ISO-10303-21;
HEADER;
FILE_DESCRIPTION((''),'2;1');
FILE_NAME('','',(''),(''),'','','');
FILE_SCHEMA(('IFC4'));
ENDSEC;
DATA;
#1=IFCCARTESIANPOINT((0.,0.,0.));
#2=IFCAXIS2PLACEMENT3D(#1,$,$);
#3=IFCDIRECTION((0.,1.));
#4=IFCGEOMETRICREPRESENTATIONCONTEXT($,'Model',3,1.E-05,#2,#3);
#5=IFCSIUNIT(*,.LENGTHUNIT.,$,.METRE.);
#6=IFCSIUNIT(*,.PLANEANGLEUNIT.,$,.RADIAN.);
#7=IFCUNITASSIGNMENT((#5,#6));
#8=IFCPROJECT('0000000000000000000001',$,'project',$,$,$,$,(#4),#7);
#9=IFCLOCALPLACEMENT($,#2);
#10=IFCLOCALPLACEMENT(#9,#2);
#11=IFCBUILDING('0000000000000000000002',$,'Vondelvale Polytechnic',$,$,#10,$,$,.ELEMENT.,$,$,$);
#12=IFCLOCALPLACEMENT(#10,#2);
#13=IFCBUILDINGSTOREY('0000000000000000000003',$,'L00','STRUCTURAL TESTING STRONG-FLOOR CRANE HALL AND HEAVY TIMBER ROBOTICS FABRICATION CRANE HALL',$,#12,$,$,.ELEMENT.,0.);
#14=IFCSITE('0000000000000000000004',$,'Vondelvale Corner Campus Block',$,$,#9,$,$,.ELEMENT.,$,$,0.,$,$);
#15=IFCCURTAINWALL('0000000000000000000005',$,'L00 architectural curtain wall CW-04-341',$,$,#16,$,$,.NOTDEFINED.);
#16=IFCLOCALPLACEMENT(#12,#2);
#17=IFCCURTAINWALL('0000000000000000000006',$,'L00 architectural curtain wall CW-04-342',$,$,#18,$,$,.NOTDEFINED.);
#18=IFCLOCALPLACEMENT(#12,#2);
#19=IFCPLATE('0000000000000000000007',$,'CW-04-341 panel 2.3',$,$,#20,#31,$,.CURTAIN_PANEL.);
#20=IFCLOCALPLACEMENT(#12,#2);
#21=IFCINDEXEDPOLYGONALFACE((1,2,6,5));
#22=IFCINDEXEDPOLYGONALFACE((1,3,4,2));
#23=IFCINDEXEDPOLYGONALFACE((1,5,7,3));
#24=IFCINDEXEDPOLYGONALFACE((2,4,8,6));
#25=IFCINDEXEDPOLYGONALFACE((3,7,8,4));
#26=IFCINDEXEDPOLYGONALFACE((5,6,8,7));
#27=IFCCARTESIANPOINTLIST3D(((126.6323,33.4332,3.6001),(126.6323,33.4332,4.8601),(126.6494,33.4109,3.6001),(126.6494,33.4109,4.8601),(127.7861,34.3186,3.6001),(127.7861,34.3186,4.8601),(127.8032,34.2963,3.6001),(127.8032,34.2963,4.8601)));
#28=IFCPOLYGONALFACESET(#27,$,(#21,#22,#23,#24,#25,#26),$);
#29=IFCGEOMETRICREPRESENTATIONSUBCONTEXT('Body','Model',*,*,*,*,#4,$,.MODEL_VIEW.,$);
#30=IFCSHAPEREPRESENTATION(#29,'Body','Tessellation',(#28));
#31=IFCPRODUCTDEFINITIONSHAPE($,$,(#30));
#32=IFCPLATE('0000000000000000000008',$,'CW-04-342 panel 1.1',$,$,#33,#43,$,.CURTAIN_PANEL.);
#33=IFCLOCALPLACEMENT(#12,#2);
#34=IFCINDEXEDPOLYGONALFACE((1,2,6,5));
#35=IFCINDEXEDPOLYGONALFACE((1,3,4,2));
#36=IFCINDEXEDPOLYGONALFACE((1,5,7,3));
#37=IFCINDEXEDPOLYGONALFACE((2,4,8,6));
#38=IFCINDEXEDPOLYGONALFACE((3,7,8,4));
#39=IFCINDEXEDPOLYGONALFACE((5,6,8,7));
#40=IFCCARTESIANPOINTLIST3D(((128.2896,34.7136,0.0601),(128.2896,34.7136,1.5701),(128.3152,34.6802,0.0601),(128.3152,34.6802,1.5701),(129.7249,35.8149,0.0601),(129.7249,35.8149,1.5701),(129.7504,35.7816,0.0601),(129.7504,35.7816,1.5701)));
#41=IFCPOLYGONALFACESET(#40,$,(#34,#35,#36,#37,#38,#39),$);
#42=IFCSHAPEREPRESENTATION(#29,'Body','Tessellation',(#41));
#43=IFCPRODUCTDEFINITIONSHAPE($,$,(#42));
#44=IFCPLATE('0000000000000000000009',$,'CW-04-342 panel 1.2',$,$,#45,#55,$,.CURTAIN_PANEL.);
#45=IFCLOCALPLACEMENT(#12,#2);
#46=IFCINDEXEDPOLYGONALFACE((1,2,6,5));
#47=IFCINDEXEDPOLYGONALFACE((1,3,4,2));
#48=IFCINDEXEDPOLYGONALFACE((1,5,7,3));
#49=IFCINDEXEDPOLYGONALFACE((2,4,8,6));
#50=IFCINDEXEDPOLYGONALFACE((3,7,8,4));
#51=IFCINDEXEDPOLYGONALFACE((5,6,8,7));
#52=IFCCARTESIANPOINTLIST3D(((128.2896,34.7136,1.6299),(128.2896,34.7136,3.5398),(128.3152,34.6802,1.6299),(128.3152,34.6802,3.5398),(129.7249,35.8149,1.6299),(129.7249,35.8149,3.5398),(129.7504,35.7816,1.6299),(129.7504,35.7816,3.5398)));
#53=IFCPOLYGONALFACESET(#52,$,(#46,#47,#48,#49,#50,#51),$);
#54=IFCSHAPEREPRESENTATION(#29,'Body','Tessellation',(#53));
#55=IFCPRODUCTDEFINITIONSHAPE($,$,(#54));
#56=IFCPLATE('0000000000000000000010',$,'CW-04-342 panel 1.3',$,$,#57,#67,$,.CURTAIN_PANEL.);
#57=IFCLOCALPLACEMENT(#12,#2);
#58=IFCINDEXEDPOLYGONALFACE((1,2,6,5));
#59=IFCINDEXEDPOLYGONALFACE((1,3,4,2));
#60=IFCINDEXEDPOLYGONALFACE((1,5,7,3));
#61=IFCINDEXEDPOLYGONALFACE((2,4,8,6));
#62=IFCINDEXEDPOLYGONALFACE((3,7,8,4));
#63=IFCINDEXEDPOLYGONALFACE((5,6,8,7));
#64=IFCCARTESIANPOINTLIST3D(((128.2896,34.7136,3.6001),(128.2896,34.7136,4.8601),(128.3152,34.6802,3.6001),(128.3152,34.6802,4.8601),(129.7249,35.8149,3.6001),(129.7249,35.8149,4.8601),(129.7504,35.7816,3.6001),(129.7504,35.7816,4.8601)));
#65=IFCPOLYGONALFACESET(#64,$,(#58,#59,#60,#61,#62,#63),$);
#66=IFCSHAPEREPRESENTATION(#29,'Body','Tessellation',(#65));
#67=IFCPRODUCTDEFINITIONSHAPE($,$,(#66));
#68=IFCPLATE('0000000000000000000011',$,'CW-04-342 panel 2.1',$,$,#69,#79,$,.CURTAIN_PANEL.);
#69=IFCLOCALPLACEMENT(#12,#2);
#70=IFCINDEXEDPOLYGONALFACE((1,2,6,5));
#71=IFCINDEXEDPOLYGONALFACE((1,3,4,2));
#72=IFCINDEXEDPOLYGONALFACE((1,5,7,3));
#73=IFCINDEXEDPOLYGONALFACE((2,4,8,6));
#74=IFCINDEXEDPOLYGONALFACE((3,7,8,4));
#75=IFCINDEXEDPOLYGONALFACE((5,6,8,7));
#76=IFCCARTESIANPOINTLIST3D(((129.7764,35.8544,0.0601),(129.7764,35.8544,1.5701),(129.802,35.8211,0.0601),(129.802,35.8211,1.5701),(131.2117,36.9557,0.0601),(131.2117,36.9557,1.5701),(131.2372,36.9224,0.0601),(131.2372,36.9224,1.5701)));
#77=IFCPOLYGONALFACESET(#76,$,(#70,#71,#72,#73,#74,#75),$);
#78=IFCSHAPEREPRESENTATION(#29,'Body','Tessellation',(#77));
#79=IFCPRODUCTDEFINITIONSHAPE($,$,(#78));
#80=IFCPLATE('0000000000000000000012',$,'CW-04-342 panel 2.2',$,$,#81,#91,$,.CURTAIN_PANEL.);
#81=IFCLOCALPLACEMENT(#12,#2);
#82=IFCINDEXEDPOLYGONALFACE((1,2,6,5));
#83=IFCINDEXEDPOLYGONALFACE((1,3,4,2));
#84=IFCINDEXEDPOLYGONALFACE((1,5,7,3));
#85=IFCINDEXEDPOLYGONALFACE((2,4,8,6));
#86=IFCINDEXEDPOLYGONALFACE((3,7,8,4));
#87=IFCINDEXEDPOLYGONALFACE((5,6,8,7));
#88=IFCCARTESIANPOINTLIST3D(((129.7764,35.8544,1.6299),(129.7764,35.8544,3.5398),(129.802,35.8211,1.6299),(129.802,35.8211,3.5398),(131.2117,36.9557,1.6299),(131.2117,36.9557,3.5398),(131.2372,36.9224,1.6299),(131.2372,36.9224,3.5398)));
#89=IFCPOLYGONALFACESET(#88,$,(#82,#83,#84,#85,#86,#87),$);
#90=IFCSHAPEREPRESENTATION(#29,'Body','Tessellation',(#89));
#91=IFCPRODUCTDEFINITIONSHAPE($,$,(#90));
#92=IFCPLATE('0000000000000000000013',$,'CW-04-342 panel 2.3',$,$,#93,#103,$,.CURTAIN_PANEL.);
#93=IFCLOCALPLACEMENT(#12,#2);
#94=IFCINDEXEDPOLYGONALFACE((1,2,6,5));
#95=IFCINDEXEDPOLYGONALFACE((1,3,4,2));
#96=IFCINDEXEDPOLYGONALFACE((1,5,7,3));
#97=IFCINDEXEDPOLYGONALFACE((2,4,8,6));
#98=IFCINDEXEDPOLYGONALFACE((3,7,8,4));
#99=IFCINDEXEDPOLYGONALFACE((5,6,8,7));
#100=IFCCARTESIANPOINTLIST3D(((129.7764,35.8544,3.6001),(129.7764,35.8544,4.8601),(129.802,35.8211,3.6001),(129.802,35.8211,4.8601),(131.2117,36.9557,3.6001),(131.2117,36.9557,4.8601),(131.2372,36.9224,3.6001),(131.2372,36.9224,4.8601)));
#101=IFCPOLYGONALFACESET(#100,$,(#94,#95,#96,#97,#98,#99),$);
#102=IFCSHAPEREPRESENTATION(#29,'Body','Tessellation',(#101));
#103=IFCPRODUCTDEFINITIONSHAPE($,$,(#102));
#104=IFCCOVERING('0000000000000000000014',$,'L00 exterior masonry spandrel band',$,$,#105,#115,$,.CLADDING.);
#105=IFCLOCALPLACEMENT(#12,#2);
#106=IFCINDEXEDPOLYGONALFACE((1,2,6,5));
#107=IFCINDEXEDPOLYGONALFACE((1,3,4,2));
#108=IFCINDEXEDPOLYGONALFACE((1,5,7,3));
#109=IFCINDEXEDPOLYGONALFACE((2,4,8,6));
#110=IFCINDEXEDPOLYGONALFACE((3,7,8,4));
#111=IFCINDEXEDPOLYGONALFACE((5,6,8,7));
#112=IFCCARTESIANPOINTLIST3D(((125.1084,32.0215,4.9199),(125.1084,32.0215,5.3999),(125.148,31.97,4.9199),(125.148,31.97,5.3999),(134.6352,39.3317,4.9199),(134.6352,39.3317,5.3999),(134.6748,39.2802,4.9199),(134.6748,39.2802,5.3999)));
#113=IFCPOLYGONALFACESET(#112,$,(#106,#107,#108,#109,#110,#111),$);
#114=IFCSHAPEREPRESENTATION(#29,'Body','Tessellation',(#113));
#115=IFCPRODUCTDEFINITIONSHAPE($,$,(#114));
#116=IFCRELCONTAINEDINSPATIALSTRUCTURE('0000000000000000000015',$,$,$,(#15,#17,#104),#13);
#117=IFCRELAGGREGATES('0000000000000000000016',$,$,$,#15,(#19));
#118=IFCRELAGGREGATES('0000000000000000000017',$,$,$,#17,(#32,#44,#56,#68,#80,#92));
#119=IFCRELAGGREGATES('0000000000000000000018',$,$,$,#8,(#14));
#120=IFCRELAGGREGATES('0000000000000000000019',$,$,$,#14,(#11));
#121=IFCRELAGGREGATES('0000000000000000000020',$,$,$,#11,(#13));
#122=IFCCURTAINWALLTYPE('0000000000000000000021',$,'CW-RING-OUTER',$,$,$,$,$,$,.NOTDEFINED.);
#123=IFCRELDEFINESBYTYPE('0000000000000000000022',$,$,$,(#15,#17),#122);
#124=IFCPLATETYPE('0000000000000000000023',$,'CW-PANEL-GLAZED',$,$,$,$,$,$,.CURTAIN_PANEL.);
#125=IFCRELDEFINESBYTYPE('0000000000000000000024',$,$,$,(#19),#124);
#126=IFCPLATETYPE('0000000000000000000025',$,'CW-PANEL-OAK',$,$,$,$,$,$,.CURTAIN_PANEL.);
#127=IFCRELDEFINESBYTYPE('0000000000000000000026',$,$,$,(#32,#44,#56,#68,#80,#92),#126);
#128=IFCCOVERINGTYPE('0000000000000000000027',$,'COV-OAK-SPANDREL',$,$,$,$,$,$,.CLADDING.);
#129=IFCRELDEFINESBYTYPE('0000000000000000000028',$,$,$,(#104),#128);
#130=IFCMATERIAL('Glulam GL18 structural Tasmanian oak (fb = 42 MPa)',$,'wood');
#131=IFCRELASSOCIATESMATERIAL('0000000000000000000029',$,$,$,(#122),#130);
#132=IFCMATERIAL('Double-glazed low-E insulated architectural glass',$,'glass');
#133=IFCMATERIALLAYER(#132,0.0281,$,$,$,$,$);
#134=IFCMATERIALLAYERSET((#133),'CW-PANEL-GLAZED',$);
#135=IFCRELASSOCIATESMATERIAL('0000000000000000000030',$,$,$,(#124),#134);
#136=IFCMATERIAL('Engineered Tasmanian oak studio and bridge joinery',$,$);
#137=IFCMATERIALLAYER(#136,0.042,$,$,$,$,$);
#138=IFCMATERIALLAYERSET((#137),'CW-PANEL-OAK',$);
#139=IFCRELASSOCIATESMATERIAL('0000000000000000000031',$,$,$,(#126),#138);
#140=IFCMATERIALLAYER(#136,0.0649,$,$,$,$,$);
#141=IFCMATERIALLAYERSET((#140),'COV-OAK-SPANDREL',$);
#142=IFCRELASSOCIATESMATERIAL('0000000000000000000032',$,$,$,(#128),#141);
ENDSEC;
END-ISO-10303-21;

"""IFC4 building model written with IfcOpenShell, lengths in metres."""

from ifc_helpers import new_model, si_unit, direction, frame, origin, origin_2d, place, context, subcontext, project, spatial, rectangle, extrude, material, layer, layer_set, type_object, element, aggregate, save


model = new_model("IFC4")

# Units and contexts
model_context = context("Model", 3, precision=1e-05, world=origin(), true_north=direction((0.0, 1.0)))
body_context = subcontext(model_context, "Body", "Model", "MODEL_VIEW")
ifc_project = project(units=[si_unit("LENGTHUNIT", "METRE"), si_unit("PLANEANGLEUNIT", "RADIAN")], contexts=[model_context])

# Site, building, storey
site_placement = place(None, origin())
site = spatial("IfcSite", under=ifc_project, at=site_placement, Name="Vondelvale Corner Campus Block", CompositionType="ELEMENT", RefElevation=0.0)
building_placement = place(site_placement, origin())
building = spatial("IfcBuilding", under=site, at=building_placement, Name="Vondelvale Polytechnic", CompositionType="ELEMENT")
storey_placement = place(building_placement, origin())
storey = spatial("IfcBuildingStorey", under=building, at=storey_placement, Name="L00", Description="STRUCTURAL TESTING STRONG-FLOOR CRANE HALL AND HEAVY TIMBER ROBOTICS FABRICATION CRANE HALL", CompositionType="ELEMENT", Elevation=0.0)

# Shared definitions
ifc_material_1 = material(Name="Glulam GL18 structural Tasmanian oak (fb = 42 MPa)", Category="wood")

# Curtain wall
curtain_wall_type = type_object("IfcCurtainWallType", Name="CW-RING-OUTER", PredefinedType="NOTDEFINED", material=ifc_material_1)
curtain_wall_1_placement = place(storey_placement, origin())
curtain_wall_1 = element("IfcCurtainWall", 1, at=curtain_wall_1_placement, inside=storey, type_object=curtain_wall_type, Name="L00 architectural curtain wall CW-04-341", PredefinedType="NOTDEFINED")

# Curtain wall
curtain_wall_2_placement = place(storey_placement, origin())
curtain_wall_2 = element("IfcCurtainWall", 2, at=curtain_wall_2_placement, inside=storey, type_object=curtain_wall_type, Name="L00 architectural curtain wall CW-04-342", PredefinedType="NOTDEFINED")

# Plates
ifc_material_2 = material(Name="Double-glazed low-E insulated architectural glass", Category="glass")
ifc_layer_1 = layer(ifc_material_2, 0.0281)
ifc_layer_set_1 = layer_set([ifc_layer_1], Name="CW-PANEL-GLAZED")
plate_type_1 = type_object("IfcPlateType", Name="CW-PANEL-GLAZED", PredefinedType="CURTAIN_PANEL", material=ifc_layer_set_1)
plate_1_placement = place(storey_placement, frame((127.2178, 33.8647, 3.6001), z_axis=(0.0, 0.0, 1.0), x_axis=(0.793352, 0.608764, 0.0)))
plate_1 = element("IfcPlate", 3, at=plate_1_placement, type_object=plate_type_1, Name="CW-04-341 panel 2.3", PredefinedType="CURTAIN_PANEL", context=body_context, shape_type="SweptSolid", body=[
    extrude(rectangle(XDim=1.4543, YDim=0.0281, at=origin_2d()), origin(), (0.0, 0.0, 1.0), 1.26),
])
aggregate(curtain_wall_1, [plate_1])
ifc_material_3 = material(Name="Engineered Tasmanian oak studio and bridge joinery")
ifc_layer_2 = layer(ifc_material_3, 0.042)
ifc_layer_set_2 = layer_set([ifc_layer_2], Name="CW-PANEL-OAK")
plate_type_2 = type_object("IfcPlateType", Name="CW-PANEL-OAK", PredefinedType="CURTAIN_PANEL", material=ifc_layer_set_2)
plate_2_placement = place(storey_placement, frame((129.02, 35.2476, 0.0601), z_axis=(0.0, 0.0, 1.0), x_axis=(0.793346, 0.608771, 0.0)))
plate_2 = element("IfcPlate", 4, at=plate_2_placement, type_object=plate_type_2, Name="CW-04-342 panel 1.1", PredefinedType="CURTAIN_PANEL", context=body_context, shape_type="SweptSolid", body=[
    extrude(rectangle(XDim=1.8091, YDim=0.042, at=origin_2d()), origin(), (0.0, 0.0, 1.0), 1.51),
])
plate_3_placement = place(storey_placement, frame((129.02, 35.2476, 1.6299), z_axis=(0.0, 0.0, 1.0), x_axis=(0.793346, 0.608771, 0.0)))
plate_3 = element("IfcPlate", 5, at=plate_3_placement, type_object=plate_type_2, Name="CW-04-342 panel 1.2", PredefinedType="CURTAIN_PANEL", context=body_context, shape_type="SweptSolid", body=[
    extrude(rectangle(XDim=1.8091, YDim=0.042, at=origin_2d()), origin(), (0.0, 0.0, 1.0), 1.9099),
])
plate_4_placement = place(storey_placement, frame((129.02, 35.2476, 3.6001), z_axis=(0.0, 0.0, 1.0), x_axis=(0.793346, 0.608771, 0.0)))
plate_4 = element("IfcPlate", 6, at=plate_4_placement, type_object=plate_type_2, Name="CW-04-342 panel 1.3", PredefinedType="CURTAIN_PANEL", context=body_context, shape_type="SweptSolid", body=[
    extrude(rectangle(XDim=1.8091, YDim=0.042, at=origin_2d()), origin(), (0.0, 0.0, 1.0), 1.26),
])
plate_5_placement = place(storey_placement, frame((130.5068, 36.3884, 0.0601), z_axis=(0.0, 0.0, 1.0), x_axis=(0.793346, 0.608771, 0.0)))
plate_5 = element("IfcPlate", 7, at=plate_5_placement, type_object=plate_type_2, Name="CW-04-342 panel 2.1", PredefinedType="CURTAIN_PANEL", context=body_context, shape_type="SweptSolid", body=[
    extrude(rectangle(XDim=1.8091, YDim=0.042, at=origin_2d()), origin(), (0.0, 0.0, 1.0), 1.51),
])
plate_6_placement = place(storey_placement, frame((130.5068, 36.3884, 1.6299), z_axis=(0.0, 0.0, 1.0), x_axis=(0.793346, 0.608771, 0.0)))
plate_6 = element("IfcPlate", 8, at=plate_6_placement, type_object=plate_type_2, Name="CW-04-342 panel 2.2", PredefinedType="CURTAIN_PANEL", context=body_context, shape_type="SweptSolid", body=[
    extrude(rectangle(XDim=1.8091, YDim=0.042, at=origin_2d()), origin(), (0.0, 0.0, 1.0), 1.9099),
])
plate_7_placement = place(storey_placement, frame((130.5068, 36.3884, 3.6001), z_axis=(0.0, 0.0, 1.0), x_axis=(0.793346, 0.608771, 0.0)))
plate_7 = element("IfcPlate", 9, at=plate_7_placement, type_object=plate_type_2, Name="CW-04-342 panel 2.3", PredefinedType="CURTAIN_PANEL", context=body_context, shape_type="SweptSolid", body=[
    extrude(rectangle(XDim=1.8091, YDim=0.042, at=origin_2d()), origin(), (0.0, 0.0, 1.0), 1.26),
])
aggregate(curtain_wall_2, [plate_2, plate_3, plate_4, plate_5, plate_6, plate_7])

# Covering
ifc_layer_3 = layer(ifc_material_3, 0.0649)
ifc_layer_set_3 = layer_set([ifc_layer_3], Name="COV-OAK-SPANDREL")
covering_type = type_object("IfcCoveringType", Name="COV-OAK-SPANDREL", PredefinedType="CLADDING", material=ifc_layer_set_3)
covering_placement = place(storey_placement, frame((129.8916, 35.6509, 4.9199), z_axis=(0.0, 0.0, 1.0), x_axis=(0.793353, 0.608761, 0.0)))
element("IfcCovering", 10, at=covering_placement, inside=storey, type_object=covering_type, Name="L00 exterior masonry spandrel band", PredefinedType="CLADDING", context=body_context, shape_type="SweptSolid", body=[
    extrude(rectangle(XDim=12.0083, YDim=0.0649, at=origin_2d()), origin(), (0.0, 0.0, 1.0), 0.48),
])

save(model, "model.ifc")
